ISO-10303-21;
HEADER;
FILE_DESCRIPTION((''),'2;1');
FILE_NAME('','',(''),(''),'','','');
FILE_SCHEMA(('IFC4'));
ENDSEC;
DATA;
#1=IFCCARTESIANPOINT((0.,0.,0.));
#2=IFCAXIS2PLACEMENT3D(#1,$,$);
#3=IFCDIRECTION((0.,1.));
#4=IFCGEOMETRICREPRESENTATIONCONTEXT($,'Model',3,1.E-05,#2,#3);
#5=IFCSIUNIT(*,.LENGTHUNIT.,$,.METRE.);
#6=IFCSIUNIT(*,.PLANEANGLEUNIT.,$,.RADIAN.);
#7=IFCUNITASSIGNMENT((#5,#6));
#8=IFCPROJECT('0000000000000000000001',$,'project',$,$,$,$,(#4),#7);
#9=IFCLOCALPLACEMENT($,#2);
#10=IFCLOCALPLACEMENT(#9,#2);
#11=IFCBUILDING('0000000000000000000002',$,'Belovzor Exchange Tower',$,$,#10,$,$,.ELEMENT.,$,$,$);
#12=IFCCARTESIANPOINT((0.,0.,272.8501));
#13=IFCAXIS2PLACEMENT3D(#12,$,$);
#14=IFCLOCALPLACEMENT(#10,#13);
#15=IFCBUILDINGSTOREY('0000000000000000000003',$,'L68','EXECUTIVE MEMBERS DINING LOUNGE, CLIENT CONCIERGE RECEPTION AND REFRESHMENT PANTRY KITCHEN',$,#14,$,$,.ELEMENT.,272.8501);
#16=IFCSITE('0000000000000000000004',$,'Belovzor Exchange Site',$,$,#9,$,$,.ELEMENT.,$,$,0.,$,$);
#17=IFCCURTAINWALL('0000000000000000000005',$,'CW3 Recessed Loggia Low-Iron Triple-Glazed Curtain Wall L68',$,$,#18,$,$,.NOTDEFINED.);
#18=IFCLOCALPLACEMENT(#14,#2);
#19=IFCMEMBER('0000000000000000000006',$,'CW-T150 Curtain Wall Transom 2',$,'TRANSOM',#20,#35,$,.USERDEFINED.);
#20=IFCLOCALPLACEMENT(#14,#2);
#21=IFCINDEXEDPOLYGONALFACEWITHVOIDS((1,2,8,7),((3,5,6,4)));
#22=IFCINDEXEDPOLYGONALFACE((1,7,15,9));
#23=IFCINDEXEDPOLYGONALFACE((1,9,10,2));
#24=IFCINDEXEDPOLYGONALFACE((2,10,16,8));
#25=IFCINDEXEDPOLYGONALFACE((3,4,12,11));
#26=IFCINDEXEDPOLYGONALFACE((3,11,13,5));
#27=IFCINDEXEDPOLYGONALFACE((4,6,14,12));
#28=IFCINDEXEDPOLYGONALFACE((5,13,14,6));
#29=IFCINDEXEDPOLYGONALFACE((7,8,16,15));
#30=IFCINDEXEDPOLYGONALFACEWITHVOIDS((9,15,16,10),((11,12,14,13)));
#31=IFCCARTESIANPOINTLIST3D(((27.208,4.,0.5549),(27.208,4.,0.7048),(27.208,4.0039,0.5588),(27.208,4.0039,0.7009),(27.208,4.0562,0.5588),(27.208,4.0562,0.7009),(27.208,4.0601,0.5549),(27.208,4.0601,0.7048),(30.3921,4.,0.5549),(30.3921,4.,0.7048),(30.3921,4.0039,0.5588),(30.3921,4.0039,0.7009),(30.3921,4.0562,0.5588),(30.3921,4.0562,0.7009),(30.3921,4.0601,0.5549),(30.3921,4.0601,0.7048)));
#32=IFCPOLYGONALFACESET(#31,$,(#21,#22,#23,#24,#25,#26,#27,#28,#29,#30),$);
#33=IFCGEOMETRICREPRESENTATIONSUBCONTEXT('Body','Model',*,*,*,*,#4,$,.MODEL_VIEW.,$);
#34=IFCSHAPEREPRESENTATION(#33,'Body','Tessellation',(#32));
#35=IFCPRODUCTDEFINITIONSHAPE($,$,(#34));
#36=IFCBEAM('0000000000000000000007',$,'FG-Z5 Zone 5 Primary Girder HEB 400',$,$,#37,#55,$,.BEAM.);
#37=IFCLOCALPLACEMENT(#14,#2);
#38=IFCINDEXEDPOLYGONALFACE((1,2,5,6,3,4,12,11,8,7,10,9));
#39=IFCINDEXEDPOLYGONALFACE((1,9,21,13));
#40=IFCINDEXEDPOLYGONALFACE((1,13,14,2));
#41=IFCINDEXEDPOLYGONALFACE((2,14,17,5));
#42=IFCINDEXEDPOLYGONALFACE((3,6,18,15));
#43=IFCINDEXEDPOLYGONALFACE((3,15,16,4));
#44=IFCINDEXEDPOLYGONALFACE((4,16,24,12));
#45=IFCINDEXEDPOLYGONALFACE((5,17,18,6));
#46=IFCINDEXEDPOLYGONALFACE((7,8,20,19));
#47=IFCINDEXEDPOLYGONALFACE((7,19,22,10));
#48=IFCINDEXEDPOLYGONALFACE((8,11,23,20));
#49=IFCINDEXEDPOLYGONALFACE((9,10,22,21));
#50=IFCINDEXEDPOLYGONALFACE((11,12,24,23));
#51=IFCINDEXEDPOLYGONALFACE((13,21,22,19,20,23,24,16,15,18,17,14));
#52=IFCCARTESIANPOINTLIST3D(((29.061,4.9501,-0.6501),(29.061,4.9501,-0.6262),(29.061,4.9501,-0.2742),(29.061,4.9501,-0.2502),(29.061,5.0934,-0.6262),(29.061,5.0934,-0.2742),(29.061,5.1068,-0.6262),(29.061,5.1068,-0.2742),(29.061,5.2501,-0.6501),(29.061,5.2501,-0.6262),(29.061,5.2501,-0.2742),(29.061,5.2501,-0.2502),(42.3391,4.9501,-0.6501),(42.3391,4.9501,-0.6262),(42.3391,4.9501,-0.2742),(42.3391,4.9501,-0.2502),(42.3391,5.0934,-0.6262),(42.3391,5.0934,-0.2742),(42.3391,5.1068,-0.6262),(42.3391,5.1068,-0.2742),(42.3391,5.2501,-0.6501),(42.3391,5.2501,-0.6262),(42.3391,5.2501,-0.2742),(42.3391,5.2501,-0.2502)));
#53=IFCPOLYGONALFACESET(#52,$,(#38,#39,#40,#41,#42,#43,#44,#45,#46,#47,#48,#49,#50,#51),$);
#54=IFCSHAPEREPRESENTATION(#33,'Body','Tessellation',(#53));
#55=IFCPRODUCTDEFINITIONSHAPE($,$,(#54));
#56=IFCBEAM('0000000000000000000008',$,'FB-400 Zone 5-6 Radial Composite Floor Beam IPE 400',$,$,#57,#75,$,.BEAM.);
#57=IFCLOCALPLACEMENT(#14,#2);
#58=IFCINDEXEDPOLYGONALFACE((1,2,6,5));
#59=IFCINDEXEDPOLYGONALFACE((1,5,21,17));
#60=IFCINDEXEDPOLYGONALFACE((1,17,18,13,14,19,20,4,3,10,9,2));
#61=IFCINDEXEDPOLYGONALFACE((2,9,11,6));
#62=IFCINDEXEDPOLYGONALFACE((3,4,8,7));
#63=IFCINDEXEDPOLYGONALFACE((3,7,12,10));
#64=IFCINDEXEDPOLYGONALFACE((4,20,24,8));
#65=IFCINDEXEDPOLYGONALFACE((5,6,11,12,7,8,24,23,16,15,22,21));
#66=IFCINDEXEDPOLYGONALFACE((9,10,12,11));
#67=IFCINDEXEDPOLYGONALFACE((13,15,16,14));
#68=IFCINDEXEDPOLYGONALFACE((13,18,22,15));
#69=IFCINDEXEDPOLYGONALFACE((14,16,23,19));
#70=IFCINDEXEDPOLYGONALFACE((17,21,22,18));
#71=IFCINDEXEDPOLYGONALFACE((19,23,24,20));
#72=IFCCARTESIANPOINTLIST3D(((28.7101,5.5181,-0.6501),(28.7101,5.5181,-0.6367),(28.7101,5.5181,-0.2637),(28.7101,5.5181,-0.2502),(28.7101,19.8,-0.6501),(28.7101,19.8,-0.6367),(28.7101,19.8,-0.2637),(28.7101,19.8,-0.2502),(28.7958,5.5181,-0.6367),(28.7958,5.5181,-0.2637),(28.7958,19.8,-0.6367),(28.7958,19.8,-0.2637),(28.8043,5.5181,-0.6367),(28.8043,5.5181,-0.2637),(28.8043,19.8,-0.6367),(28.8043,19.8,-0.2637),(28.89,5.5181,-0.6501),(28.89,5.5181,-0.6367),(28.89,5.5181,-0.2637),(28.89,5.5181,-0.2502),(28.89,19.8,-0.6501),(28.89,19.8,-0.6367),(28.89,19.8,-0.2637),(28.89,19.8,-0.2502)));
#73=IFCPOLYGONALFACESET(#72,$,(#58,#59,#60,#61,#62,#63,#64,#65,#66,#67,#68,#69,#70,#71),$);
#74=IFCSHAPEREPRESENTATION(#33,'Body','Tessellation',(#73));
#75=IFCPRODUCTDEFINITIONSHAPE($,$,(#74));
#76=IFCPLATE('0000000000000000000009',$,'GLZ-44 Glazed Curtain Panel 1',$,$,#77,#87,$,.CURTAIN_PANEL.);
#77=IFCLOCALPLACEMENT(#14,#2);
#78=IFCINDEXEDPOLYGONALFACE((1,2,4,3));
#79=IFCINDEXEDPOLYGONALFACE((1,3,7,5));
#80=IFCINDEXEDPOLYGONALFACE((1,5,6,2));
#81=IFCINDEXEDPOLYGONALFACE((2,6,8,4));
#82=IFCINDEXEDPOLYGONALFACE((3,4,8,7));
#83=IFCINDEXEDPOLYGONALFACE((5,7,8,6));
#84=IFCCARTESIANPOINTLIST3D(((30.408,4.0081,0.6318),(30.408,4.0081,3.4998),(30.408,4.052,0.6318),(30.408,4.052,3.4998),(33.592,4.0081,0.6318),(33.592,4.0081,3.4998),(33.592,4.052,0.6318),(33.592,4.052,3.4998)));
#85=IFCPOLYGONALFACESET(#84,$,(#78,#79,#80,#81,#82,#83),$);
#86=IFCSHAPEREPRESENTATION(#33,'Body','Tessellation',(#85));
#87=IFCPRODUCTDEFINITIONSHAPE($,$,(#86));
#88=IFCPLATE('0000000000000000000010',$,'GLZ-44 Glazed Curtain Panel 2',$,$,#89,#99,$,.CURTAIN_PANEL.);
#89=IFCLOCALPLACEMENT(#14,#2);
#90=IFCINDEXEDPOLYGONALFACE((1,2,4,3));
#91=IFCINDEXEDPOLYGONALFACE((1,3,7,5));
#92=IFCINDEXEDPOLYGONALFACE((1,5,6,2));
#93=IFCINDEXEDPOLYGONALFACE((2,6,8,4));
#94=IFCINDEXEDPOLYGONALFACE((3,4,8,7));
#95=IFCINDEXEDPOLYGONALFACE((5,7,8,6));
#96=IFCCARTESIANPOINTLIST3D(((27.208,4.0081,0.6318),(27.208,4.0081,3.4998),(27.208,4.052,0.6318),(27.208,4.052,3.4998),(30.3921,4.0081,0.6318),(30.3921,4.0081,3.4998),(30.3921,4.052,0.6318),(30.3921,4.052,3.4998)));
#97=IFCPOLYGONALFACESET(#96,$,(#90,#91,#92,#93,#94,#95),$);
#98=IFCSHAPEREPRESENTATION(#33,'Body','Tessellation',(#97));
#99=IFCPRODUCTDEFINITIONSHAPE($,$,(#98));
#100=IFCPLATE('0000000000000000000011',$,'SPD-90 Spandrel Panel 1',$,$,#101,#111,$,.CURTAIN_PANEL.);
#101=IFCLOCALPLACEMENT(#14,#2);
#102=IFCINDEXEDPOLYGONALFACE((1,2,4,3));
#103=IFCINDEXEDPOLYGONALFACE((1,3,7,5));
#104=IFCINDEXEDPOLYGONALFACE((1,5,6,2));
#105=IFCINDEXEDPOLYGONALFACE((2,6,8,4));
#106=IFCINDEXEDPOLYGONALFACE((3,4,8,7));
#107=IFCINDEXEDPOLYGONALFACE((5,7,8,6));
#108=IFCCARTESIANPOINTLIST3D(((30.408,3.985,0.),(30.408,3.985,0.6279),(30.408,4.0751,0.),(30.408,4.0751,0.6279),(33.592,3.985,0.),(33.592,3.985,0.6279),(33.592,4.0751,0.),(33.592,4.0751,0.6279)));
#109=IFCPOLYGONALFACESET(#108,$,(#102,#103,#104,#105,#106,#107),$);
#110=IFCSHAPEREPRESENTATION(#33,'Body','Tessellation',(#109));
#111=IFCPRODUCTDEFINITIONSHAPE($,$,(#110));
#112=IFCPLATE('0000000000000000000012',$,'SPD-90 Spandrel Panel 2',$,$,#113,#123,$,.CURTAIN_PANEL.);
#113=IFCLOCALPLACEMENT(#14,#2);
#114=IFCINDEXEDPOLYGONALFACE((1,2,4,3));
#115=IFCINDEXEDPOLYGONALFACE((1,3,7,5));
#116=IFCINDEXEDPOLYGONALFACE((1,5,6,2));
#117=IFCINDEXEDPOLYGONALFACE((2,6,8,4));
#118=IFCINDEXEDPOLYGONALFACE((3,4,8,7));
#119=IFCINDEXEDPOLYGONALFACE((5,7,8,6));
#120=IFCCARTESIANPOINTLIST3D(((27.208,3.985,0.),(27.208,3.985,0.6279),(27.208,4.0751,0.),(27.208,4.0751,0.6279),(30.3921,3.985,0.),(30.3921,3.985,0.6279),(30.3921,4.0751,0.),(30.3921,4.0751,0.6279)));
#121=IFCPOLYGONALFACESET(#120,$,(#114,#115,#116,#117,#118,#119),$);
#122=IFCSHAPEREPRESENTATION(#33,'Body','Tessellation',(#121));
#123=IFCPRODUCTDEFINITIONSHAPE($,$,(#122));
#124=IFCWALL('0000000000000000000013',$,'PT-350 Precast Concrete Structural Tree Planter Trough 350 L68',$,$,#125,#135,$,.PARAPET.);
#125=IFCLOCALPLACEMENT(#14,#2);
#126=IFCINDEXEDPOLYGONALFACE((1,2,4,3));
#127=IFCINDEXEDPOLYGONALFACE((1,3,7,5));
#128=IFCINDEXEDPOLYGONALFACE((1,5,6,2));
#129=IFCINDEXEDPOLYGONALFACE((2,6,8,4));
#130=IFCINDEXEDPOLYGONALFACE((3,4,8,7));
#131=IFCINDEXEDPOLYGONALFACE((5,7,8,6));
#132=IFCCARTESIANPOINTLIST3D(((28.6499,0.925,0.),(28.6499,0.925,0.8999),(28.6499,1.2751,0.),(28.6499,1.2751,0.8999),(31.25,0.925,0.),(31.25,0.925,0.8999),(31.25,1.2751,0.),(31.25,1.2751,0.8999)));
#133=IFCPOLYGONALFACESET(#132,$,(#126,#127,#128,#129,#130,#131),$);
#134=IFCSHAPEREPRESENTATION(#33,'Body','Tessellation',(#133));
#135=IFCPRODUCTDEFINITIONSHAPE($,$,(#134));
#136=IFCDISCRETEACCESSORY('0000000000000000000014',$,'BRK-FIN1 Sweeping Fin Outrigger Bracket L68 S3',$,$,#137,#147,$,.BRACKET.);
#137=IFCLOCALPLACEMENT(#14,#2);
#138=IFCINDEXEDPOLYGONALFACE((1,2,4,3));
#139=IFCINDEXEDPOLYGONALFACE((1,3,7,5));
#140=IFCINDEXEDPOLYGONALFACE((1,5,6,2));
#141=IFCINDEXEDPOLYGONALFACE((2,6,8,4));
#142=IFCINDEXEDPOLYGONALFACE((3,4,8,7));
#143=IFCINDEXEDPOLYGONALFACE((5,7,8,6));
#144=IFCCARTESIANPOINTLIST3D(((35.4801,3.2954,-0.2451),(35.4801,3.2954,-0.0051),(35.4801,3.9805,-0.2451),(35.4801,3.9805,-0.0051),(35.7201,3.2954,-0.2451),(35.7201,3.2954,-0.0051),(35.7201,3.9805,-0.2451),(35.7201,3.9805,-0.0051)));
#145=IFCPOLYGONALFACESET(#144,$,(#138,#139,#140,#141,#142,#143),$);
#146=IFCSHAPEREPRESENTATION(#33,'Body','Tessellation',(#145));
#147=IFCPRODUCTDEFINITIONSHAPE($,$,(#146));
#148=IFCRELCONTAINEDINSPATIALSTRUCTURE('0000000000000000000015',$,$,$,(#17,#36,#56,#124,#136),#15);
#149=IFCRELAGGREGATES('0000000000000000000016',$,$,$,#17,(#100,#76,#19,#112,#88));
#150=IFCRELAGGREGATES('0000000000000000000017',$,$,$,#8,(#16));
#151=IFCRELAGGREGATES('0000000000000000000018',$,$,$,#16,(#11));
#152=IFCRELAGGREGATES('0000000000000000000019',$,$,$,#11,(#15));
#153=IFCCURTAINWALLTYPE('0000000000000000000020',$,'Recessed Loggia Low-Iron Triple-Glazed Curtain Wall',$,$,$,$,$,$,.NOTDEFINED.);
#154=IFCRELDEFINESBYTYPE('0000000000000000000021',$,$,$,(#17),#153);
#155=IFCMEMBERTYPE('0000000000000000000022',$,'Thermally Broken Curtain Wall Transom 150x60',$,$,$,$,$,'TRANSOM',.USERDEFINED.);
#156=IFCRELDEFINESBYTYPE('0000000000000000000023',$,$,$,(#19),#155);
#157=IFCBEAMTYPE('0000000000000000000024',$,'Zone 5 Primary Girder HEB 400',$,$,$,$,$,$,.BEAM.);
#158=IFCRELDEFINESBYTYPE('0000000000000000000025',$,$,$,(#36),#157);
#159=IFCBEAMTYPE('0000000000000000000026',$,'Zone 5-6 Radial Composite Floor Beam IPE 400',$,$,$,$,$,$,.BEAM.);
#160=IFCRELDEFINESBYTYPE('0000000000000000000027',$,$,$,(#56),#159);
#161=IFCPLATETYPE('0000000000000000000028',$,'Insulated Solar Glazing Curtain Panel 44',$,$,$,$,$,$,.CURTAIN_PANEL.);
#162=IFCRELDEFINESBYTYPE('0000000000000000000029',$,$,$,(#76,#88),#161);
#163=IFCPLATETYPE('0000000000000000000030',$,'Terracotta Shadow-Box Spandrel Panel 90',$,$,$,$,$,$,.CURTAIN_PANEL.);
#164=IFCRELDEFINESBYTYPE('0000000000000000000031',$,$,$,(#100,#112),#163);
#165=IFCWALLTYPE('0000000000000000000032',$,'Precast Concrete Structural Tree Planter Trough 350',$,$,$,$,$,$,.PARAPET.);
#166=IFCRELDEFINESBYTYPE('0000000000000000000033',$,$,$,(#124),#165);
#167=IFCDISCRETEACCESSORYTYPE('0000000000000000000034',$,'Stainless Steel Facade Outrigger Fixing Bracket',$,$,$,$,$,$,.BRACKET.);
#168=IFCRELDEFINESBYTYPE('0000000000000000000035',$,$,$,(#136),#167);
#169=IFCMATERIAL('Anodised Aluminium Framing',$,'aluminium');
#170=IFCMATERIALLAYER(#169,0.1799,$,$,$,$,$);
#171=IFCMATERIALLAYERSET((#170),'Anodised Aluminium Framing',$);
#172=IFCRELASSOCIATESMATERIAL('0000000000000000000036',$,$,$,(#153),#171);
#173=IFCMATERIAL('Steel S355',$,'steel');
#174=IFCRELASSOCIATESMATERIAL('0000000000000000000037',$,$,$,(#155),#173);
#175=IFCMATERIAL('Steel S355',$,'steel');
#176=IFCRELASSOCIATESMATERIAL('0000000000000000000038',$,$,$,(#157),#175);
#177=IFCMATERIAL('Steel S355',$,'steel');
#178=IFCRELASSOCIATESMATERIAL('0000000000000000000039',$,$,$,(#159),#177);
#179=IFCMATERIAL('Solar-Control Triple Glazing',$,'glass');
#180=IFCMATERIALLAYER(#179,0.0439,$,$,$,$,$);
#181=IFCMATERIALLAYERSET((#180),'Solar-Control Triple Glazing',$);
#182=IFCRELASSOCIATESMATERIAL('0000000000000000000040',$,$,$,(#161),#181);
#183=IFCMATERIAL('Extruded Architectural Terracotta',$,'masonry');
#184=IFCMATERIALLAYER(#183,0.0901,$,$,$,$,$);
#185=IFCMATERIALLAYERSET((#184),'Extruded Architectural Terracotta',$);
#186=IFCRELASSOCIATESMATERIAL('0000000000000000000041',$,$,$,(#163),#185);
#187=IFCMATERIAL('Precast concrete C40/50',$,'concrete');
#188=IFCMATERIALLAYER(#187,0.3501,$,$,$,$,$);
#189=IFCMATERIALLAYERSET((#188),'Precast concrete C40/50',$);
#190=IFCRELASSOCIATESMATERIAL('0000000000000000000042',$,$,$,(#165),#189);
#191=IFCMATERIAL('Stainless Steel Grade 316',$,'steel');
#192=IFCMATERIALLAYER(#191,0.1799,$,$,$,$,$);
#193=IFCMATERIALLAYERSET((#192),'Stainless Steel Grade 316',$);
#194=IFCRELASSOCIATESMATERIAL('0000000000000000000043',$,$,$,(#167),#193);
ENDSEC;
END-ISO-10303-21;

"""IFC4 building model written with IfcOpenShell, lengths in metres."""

from ifc_helpers import new_model, si_unit, direction, frame, frame_2d, origin, origin_2d, place, context, subcontext, project, spatial, rectangle, hollow_rectangle, i_section, extrude, material, layer, layer_set, material_profile, profile_set, type_object, element, aggregate, save


model = new_model("IFC4")

# Units and contexts
model_context = context("Model", 3, precision=1e-05, world=origin(), true_north=direction((0.0, 1.0)))
body_context = subcontext(model_context, "Body", "Model", "MODEL_VIEW")
ifc_project = project(units=[si_unit("LENGTHUNIT", "METRE"), si_unit("PLANEANGLEUNIT", "RADIAN")], contexts=[model_context])

# Site, building, storey
site_placement = place(None, origin())
site = spatial("IfcSite", under=ifc_project, at=site_placement, Name="Belovzor Exchange Site", CompositionType="ELEMENT", RefElevation=0.0)
building_placement = place(site_placement, origin())
building = spatial("IfcBuilding", under=site, at=building_placement, Name="Belovzor Exchange Tower", CompositionType="ELEMENT")
storey_placement = place(building_placement, frame((0.0, 0.0, 272.8501)))
storey = spatial("IfcBuildingStorey", under=building, at=storey_placement, Name="L68", Description="EXECUTIVE MEMBERS DINING LOUNGE, CLIENT CONCIERGE RECEPTION AND REFRESHMENT PANTRY KITCHEN", CompositionType="ELEMENT", Elevation=272.8501)

# Curtain wall, member
ifc_material_1 = material(Name="Anodised Aluminium Framing", Category="aluminium")
ifc_layer_1 = layer(ifc_material_1, 0.1799)
ifc_layer_set_1 = layer_set([ifc_layer_1], Name="Anodised Aluminium Framing")
curtain_wall_type = type_object("IfcCurtainWallType", Name="Recessed Loggia Low-Iron Triple-Glazed Curtain Wall", PredefinedType="NOTDEFINED", material=ifc_layer_set_1)
curtain_wall_placement = place(storey_placement, origin())
curtain_wall = element("IfcCurtainWall", 1, at=curtain_wall_placement, inside=storey, type_object=curtain_wall_type, Name="CW3 Recessed Loggia Low-Iron Triple-Glazed Curtain Wall L68", PredefinedType="NOTDEFINED")
ifc_material_2 = material(Name="Steel S355", Category="steel")
ifc_material_profile_1 = material_profile(ifc_material_2, hollow_rectangle(XDim=0.0601, YDim=0.1499, WallThickness=0.0039, at=origin_2d()))
ifc_profile_set_1 = profile_set([ifc_material_profile_1], Name="Steel S355")
member_type_1 = type_object("IfcMemberType", Name="Thermally Broken Curtain Wall Transom 150x60", ElementType="TRANSOM", PredefinedType="USERDEFINED", material=ifc_profile_set_1)
member_1_placement = place(storey_placement, frame((30.3921, 4.03, 0.6299), z_axis=(-1.0, 0.0, 0.0), x_axis=(0.0, -1.0, 0.0)))
member_1 = element("IfcMember", 2, at=member_1_placement, type_object=member_type_1, Name="CW-T150 Curtain Wall Transom 2", ObjectType="TRANSOM", PredefinedType="USERDEFINED", context=body_context, shape_type="SweptSolid", body=[
    extrude(hollow_rectangle(XDim=0.0601, YDim=0.1499, WallThickness=0.0039, at=origin_2d()), origin(), (0.0, 0.0, 1.0), 3.1841),
])

# Beams
ifc_material_3 = material(Name="Steel S355", Category="steel")
ifc_material_profile_2 = material_profile(ifc_material_3, i_section(OverallWidth=0.3, OverallDepth=0.3999, WebThickness=0.0134, FlangeThickness=0.0239, at=origin_2d()))
ifc_profile_set_2 = profile_set([ifc_material_profile_2], Name="Steel S355")
beam_type_1 = type_object("IfcBeamType", Name="Zone 5 Primary Girder HEB 400", PredefinedType="BEAM", material=ifc_profile_set_2)
beam_1_placement = place(storey_placement, frame((29.061, 5.1001, -0.4502), z_axis=(1.0, 0.0, 0.0), x_axis=(0.0, 1.0, 0.0)))
element("IfcBeam", 3, at=beam_1_placement, inside=storey, type_object=beam_type_1, Name="FG-Z5 Zone 5 Primary Girder HEB 400", PredefinedType="BEAM", context=body_context, shape_type="SweptSolid", body=[
    extrude(i_section(OverallWidth=0.3, OverallDepth=0.3999, WebThickness=0.0134, FlangeThickness=0.0239, at=origin_2d()), origin(), (0.0, 0.0, 1.0), 13.2781),
])
ifc_material_4 = material(Name="Steel S355", Category="steel")
ifc_material_profile_3 = material_profile(ifc_material_4, i_section(OverallWidth=0.1799, OverallDepth=0.3999, WebThickness=0.0085, FlangeThickness=0.0134, at=origin_2d()))
ifc_profile_set_3 = profile_set([ifc_material_profile_3], Name="Steel S355")
beam_type_2 = type_object("IfcBeamType", Name="Zone 5-6 Radial Composite Floor Beam IPE 400", PredefinedType="BEAM", material=ifc_profile_set_3)
beam_2_placement = place(storey_placement, frame((28.8, 19.8, -0.4502), z_axis=(0.0, -1.0, 0.0), x_axis=(1.0, 0.0, 0.0)))
element("IfcBeam", 4, at=beam_2_placement, inside=storey, type_object=beam_type_2, Name="FB-400 Zone 5-6 Radial Composite Floor Beam IPE 400", PredefinedType="BEAM", context=body_context, shape_type="SweptSolid", body=[
    extrude(i_section(OverallWidth=0.1799, OverallDepth=0.3999, WebThickness=0.0085, FlangeThickness=0.0134, at=origin_2d()), origin(), (0.0, 0.0, 1.0), 14.282),
])

# Plates
ifc_material_5 = material(Name="Solar-Control Triple Glazing", Category="glass")
ifc_layer_2 = layer(ifc_material_5, 0.0439)
ifc_layer_set_2 = layer_set([ifc_layer_2], Name="Solar-Control Triple Glazing")
plate_type_1 = type_object("IfcPlateType", Name="Insulated Solar Glazing Curtain Panel 44", PredefinedType="CURTAIN_PANEL", material=ifc_layer_set_2)
plate_1_placement = place(storey_placement, frame((32.0, 4.03, 0.6318), z_axis=(0.0, 0.0, 1.0), x_axis=(-1.0, 0.0, 0.0)))
plate_1 = element("IfcPlate", 5, at=plate_1_placement, type_object=plate_type_1, Name="GLZ-44 Glazed Curtain Panel 1", PredefinedType="CURTAIN_PANEL", context=body_context, shape_type="SweptSolid", body=[
    extrude(rectangle(XDim=3.1841, YDim=0.0439, at=origin_2d()), origin(), (0.0, 0.0, 1.0), 2.8679),
])
plate_2_placement = place(storey_placement, frame((28.8, 4.03, 0.6318), z_axis=(0.0, 0.0, 1.0), x_axis=(-1.0, 0.0, 0.0)))
plate_2 = element("IfcPlate", 6, at=plate_2_placement, type_object=plate_type_1, Name="GLZ-44 Glazed Curtain Panel 2", PredefinedType="CURTAIN_PANEL", context=body_context, shape_type="SweptSolid", body=[
    extrude(rectangle(XDim=3.1841, YDim=0.0439, at=origin_2d()), origin(), (0.0, 0.0, 1.0), 2.8679),
])
ifc_material_6 = material(Name="Extruded Architectural Terracotta", Category="masonry")
ifc_layer_3 = layer(ifc_material_6, 0.0901)
ifc_layer_set_3 = layer_set([ifc_layer_3], Name="Extruded Architectural Terracotta")
plate_type_2 = type_object("IfcPlateType", Name="Terracotta Shadow-Box Spandrel Panel 90", PredefinedType="CURTAIN_PANEL", material=ifc_layer_set_3)
plate_3_placement = place(storey_placement, frame((32.0, 4.03, 0.0), z_axis=(0.0, 0.0, 1.0), x_axis=(-1.0, 0.0, 0.0)))
plate_3 = element("IfcPlate", 7, at=plate_3_placement, type_object=plate_type_2, Name="SPD-90 Spandrel Panel 1", PredefinedType="CURTAIN_PANEL", context=body_context, shape_type="SweptSolid", body=[
    extrude(rectangle(XDim=3.1841, YDim=0.0901, at=origin_2d()), origin(), (0.0, 0.0, 1.0), 0.6279),
])
plate_4_placement = place(storey_placement, frame((28.8, 4.03, 0.0), z_axis=(0.0, 0.0, 1.0), x_axis=(-1.0, 0.0, 0.0)))
plate_4 = element("IfcPlate", 8, at=plate_4_placement, type_object=plate_type_2, Name="SPD-90 Spandrel Panel 2", PredefinedType="CURTAIN_PANEL", context=body_context, shape_type="SweptSolid", body=[
    extrude(rectangle(XDim=3.1841, YDim=0.0901, at=origin_2d()), origin(), (0.0, 0.0, 1.0), 0.6279),
])
aggregate(curtain_wall, [plate_3, plate_1, member_1, plate_4, plate_2])

# Wall
ifc_material_7 = material(Name="Precast concrete C40/50", Category="concrete")
ifc_layer_4 = layer(ifc_material_7, 0.3501)
ifc_layer_set_4 = layer_set([ifc_layer_4], Name="Precast concrete C40/50")
wall_type = type_object("IfcWallType", Name="Precast Concrete Structural Tree Planter Trough 350", PredefinedType="PARAPET", material=ifc_layer_set_4)
wall_placement = place(storey_placement, frame((28.6499, 1.1001, 0.0), z_axis=(0.0, 0.0, 1.0), x_axis=(1.0, 0.0, 0.0)))
element("IfcWall", 9, at=wall_placement, inside=storey, type_object=wall_type, Name="PT-350 Precast Concrete Structural Tree Planter Trough 350 L68", PredefinedType="PARAPET", context=body_context, shape_type="SweptSolid", body=[
    extrude(rectangle(XDim=2.6001, YDim=0.3501, at=frame_2d((1.3, 0.0))), origin(), (0.0, 0.0, 1.0), 0.8999),
])

# Discrete accessory
ifc_material_8 = material(Name="Stainless Steel Grade 316", Category="steel")
ifc_layer_5 = layer(ifc_material_8, 0.1799)
ifc_layer_set_5 = layer_set([ifc_layer_5], Name="Stainless Steel Grade 316")
discrete_accessory_type = type_object("IfcDiscreteAccessoryType", Name="Stainless Steel Facade Outrigger Fixing Bracket", PredefinedType="BRACKET", material=ifc_layer_set_5)
discrete_accessory_placement = place(storey_placement, frame((35.6001, 3.6379, -0.2451), z_axis=(0.0, 0.0, 1.0), x_axis=(0.0, 1.0, 0.0)))
element("IfcDiscreteAccessory", 10, at=discrete_accessory_placement, inside=storey, type_object=discrete_accessory_type, Name="BRK-FIN1 Sweeping Fin Outrigger Bracket L68 S3", PredefinedType="BRACKET", context=body_context, shape_type="SweptSolid", body=[
    extrude(rectangle(XDim=0.6851, YDim=0.24, at=origin_2d()), origin(), (0.0, 0.0, 1.0), 0.24),
])

save(model, "model.ifc")
